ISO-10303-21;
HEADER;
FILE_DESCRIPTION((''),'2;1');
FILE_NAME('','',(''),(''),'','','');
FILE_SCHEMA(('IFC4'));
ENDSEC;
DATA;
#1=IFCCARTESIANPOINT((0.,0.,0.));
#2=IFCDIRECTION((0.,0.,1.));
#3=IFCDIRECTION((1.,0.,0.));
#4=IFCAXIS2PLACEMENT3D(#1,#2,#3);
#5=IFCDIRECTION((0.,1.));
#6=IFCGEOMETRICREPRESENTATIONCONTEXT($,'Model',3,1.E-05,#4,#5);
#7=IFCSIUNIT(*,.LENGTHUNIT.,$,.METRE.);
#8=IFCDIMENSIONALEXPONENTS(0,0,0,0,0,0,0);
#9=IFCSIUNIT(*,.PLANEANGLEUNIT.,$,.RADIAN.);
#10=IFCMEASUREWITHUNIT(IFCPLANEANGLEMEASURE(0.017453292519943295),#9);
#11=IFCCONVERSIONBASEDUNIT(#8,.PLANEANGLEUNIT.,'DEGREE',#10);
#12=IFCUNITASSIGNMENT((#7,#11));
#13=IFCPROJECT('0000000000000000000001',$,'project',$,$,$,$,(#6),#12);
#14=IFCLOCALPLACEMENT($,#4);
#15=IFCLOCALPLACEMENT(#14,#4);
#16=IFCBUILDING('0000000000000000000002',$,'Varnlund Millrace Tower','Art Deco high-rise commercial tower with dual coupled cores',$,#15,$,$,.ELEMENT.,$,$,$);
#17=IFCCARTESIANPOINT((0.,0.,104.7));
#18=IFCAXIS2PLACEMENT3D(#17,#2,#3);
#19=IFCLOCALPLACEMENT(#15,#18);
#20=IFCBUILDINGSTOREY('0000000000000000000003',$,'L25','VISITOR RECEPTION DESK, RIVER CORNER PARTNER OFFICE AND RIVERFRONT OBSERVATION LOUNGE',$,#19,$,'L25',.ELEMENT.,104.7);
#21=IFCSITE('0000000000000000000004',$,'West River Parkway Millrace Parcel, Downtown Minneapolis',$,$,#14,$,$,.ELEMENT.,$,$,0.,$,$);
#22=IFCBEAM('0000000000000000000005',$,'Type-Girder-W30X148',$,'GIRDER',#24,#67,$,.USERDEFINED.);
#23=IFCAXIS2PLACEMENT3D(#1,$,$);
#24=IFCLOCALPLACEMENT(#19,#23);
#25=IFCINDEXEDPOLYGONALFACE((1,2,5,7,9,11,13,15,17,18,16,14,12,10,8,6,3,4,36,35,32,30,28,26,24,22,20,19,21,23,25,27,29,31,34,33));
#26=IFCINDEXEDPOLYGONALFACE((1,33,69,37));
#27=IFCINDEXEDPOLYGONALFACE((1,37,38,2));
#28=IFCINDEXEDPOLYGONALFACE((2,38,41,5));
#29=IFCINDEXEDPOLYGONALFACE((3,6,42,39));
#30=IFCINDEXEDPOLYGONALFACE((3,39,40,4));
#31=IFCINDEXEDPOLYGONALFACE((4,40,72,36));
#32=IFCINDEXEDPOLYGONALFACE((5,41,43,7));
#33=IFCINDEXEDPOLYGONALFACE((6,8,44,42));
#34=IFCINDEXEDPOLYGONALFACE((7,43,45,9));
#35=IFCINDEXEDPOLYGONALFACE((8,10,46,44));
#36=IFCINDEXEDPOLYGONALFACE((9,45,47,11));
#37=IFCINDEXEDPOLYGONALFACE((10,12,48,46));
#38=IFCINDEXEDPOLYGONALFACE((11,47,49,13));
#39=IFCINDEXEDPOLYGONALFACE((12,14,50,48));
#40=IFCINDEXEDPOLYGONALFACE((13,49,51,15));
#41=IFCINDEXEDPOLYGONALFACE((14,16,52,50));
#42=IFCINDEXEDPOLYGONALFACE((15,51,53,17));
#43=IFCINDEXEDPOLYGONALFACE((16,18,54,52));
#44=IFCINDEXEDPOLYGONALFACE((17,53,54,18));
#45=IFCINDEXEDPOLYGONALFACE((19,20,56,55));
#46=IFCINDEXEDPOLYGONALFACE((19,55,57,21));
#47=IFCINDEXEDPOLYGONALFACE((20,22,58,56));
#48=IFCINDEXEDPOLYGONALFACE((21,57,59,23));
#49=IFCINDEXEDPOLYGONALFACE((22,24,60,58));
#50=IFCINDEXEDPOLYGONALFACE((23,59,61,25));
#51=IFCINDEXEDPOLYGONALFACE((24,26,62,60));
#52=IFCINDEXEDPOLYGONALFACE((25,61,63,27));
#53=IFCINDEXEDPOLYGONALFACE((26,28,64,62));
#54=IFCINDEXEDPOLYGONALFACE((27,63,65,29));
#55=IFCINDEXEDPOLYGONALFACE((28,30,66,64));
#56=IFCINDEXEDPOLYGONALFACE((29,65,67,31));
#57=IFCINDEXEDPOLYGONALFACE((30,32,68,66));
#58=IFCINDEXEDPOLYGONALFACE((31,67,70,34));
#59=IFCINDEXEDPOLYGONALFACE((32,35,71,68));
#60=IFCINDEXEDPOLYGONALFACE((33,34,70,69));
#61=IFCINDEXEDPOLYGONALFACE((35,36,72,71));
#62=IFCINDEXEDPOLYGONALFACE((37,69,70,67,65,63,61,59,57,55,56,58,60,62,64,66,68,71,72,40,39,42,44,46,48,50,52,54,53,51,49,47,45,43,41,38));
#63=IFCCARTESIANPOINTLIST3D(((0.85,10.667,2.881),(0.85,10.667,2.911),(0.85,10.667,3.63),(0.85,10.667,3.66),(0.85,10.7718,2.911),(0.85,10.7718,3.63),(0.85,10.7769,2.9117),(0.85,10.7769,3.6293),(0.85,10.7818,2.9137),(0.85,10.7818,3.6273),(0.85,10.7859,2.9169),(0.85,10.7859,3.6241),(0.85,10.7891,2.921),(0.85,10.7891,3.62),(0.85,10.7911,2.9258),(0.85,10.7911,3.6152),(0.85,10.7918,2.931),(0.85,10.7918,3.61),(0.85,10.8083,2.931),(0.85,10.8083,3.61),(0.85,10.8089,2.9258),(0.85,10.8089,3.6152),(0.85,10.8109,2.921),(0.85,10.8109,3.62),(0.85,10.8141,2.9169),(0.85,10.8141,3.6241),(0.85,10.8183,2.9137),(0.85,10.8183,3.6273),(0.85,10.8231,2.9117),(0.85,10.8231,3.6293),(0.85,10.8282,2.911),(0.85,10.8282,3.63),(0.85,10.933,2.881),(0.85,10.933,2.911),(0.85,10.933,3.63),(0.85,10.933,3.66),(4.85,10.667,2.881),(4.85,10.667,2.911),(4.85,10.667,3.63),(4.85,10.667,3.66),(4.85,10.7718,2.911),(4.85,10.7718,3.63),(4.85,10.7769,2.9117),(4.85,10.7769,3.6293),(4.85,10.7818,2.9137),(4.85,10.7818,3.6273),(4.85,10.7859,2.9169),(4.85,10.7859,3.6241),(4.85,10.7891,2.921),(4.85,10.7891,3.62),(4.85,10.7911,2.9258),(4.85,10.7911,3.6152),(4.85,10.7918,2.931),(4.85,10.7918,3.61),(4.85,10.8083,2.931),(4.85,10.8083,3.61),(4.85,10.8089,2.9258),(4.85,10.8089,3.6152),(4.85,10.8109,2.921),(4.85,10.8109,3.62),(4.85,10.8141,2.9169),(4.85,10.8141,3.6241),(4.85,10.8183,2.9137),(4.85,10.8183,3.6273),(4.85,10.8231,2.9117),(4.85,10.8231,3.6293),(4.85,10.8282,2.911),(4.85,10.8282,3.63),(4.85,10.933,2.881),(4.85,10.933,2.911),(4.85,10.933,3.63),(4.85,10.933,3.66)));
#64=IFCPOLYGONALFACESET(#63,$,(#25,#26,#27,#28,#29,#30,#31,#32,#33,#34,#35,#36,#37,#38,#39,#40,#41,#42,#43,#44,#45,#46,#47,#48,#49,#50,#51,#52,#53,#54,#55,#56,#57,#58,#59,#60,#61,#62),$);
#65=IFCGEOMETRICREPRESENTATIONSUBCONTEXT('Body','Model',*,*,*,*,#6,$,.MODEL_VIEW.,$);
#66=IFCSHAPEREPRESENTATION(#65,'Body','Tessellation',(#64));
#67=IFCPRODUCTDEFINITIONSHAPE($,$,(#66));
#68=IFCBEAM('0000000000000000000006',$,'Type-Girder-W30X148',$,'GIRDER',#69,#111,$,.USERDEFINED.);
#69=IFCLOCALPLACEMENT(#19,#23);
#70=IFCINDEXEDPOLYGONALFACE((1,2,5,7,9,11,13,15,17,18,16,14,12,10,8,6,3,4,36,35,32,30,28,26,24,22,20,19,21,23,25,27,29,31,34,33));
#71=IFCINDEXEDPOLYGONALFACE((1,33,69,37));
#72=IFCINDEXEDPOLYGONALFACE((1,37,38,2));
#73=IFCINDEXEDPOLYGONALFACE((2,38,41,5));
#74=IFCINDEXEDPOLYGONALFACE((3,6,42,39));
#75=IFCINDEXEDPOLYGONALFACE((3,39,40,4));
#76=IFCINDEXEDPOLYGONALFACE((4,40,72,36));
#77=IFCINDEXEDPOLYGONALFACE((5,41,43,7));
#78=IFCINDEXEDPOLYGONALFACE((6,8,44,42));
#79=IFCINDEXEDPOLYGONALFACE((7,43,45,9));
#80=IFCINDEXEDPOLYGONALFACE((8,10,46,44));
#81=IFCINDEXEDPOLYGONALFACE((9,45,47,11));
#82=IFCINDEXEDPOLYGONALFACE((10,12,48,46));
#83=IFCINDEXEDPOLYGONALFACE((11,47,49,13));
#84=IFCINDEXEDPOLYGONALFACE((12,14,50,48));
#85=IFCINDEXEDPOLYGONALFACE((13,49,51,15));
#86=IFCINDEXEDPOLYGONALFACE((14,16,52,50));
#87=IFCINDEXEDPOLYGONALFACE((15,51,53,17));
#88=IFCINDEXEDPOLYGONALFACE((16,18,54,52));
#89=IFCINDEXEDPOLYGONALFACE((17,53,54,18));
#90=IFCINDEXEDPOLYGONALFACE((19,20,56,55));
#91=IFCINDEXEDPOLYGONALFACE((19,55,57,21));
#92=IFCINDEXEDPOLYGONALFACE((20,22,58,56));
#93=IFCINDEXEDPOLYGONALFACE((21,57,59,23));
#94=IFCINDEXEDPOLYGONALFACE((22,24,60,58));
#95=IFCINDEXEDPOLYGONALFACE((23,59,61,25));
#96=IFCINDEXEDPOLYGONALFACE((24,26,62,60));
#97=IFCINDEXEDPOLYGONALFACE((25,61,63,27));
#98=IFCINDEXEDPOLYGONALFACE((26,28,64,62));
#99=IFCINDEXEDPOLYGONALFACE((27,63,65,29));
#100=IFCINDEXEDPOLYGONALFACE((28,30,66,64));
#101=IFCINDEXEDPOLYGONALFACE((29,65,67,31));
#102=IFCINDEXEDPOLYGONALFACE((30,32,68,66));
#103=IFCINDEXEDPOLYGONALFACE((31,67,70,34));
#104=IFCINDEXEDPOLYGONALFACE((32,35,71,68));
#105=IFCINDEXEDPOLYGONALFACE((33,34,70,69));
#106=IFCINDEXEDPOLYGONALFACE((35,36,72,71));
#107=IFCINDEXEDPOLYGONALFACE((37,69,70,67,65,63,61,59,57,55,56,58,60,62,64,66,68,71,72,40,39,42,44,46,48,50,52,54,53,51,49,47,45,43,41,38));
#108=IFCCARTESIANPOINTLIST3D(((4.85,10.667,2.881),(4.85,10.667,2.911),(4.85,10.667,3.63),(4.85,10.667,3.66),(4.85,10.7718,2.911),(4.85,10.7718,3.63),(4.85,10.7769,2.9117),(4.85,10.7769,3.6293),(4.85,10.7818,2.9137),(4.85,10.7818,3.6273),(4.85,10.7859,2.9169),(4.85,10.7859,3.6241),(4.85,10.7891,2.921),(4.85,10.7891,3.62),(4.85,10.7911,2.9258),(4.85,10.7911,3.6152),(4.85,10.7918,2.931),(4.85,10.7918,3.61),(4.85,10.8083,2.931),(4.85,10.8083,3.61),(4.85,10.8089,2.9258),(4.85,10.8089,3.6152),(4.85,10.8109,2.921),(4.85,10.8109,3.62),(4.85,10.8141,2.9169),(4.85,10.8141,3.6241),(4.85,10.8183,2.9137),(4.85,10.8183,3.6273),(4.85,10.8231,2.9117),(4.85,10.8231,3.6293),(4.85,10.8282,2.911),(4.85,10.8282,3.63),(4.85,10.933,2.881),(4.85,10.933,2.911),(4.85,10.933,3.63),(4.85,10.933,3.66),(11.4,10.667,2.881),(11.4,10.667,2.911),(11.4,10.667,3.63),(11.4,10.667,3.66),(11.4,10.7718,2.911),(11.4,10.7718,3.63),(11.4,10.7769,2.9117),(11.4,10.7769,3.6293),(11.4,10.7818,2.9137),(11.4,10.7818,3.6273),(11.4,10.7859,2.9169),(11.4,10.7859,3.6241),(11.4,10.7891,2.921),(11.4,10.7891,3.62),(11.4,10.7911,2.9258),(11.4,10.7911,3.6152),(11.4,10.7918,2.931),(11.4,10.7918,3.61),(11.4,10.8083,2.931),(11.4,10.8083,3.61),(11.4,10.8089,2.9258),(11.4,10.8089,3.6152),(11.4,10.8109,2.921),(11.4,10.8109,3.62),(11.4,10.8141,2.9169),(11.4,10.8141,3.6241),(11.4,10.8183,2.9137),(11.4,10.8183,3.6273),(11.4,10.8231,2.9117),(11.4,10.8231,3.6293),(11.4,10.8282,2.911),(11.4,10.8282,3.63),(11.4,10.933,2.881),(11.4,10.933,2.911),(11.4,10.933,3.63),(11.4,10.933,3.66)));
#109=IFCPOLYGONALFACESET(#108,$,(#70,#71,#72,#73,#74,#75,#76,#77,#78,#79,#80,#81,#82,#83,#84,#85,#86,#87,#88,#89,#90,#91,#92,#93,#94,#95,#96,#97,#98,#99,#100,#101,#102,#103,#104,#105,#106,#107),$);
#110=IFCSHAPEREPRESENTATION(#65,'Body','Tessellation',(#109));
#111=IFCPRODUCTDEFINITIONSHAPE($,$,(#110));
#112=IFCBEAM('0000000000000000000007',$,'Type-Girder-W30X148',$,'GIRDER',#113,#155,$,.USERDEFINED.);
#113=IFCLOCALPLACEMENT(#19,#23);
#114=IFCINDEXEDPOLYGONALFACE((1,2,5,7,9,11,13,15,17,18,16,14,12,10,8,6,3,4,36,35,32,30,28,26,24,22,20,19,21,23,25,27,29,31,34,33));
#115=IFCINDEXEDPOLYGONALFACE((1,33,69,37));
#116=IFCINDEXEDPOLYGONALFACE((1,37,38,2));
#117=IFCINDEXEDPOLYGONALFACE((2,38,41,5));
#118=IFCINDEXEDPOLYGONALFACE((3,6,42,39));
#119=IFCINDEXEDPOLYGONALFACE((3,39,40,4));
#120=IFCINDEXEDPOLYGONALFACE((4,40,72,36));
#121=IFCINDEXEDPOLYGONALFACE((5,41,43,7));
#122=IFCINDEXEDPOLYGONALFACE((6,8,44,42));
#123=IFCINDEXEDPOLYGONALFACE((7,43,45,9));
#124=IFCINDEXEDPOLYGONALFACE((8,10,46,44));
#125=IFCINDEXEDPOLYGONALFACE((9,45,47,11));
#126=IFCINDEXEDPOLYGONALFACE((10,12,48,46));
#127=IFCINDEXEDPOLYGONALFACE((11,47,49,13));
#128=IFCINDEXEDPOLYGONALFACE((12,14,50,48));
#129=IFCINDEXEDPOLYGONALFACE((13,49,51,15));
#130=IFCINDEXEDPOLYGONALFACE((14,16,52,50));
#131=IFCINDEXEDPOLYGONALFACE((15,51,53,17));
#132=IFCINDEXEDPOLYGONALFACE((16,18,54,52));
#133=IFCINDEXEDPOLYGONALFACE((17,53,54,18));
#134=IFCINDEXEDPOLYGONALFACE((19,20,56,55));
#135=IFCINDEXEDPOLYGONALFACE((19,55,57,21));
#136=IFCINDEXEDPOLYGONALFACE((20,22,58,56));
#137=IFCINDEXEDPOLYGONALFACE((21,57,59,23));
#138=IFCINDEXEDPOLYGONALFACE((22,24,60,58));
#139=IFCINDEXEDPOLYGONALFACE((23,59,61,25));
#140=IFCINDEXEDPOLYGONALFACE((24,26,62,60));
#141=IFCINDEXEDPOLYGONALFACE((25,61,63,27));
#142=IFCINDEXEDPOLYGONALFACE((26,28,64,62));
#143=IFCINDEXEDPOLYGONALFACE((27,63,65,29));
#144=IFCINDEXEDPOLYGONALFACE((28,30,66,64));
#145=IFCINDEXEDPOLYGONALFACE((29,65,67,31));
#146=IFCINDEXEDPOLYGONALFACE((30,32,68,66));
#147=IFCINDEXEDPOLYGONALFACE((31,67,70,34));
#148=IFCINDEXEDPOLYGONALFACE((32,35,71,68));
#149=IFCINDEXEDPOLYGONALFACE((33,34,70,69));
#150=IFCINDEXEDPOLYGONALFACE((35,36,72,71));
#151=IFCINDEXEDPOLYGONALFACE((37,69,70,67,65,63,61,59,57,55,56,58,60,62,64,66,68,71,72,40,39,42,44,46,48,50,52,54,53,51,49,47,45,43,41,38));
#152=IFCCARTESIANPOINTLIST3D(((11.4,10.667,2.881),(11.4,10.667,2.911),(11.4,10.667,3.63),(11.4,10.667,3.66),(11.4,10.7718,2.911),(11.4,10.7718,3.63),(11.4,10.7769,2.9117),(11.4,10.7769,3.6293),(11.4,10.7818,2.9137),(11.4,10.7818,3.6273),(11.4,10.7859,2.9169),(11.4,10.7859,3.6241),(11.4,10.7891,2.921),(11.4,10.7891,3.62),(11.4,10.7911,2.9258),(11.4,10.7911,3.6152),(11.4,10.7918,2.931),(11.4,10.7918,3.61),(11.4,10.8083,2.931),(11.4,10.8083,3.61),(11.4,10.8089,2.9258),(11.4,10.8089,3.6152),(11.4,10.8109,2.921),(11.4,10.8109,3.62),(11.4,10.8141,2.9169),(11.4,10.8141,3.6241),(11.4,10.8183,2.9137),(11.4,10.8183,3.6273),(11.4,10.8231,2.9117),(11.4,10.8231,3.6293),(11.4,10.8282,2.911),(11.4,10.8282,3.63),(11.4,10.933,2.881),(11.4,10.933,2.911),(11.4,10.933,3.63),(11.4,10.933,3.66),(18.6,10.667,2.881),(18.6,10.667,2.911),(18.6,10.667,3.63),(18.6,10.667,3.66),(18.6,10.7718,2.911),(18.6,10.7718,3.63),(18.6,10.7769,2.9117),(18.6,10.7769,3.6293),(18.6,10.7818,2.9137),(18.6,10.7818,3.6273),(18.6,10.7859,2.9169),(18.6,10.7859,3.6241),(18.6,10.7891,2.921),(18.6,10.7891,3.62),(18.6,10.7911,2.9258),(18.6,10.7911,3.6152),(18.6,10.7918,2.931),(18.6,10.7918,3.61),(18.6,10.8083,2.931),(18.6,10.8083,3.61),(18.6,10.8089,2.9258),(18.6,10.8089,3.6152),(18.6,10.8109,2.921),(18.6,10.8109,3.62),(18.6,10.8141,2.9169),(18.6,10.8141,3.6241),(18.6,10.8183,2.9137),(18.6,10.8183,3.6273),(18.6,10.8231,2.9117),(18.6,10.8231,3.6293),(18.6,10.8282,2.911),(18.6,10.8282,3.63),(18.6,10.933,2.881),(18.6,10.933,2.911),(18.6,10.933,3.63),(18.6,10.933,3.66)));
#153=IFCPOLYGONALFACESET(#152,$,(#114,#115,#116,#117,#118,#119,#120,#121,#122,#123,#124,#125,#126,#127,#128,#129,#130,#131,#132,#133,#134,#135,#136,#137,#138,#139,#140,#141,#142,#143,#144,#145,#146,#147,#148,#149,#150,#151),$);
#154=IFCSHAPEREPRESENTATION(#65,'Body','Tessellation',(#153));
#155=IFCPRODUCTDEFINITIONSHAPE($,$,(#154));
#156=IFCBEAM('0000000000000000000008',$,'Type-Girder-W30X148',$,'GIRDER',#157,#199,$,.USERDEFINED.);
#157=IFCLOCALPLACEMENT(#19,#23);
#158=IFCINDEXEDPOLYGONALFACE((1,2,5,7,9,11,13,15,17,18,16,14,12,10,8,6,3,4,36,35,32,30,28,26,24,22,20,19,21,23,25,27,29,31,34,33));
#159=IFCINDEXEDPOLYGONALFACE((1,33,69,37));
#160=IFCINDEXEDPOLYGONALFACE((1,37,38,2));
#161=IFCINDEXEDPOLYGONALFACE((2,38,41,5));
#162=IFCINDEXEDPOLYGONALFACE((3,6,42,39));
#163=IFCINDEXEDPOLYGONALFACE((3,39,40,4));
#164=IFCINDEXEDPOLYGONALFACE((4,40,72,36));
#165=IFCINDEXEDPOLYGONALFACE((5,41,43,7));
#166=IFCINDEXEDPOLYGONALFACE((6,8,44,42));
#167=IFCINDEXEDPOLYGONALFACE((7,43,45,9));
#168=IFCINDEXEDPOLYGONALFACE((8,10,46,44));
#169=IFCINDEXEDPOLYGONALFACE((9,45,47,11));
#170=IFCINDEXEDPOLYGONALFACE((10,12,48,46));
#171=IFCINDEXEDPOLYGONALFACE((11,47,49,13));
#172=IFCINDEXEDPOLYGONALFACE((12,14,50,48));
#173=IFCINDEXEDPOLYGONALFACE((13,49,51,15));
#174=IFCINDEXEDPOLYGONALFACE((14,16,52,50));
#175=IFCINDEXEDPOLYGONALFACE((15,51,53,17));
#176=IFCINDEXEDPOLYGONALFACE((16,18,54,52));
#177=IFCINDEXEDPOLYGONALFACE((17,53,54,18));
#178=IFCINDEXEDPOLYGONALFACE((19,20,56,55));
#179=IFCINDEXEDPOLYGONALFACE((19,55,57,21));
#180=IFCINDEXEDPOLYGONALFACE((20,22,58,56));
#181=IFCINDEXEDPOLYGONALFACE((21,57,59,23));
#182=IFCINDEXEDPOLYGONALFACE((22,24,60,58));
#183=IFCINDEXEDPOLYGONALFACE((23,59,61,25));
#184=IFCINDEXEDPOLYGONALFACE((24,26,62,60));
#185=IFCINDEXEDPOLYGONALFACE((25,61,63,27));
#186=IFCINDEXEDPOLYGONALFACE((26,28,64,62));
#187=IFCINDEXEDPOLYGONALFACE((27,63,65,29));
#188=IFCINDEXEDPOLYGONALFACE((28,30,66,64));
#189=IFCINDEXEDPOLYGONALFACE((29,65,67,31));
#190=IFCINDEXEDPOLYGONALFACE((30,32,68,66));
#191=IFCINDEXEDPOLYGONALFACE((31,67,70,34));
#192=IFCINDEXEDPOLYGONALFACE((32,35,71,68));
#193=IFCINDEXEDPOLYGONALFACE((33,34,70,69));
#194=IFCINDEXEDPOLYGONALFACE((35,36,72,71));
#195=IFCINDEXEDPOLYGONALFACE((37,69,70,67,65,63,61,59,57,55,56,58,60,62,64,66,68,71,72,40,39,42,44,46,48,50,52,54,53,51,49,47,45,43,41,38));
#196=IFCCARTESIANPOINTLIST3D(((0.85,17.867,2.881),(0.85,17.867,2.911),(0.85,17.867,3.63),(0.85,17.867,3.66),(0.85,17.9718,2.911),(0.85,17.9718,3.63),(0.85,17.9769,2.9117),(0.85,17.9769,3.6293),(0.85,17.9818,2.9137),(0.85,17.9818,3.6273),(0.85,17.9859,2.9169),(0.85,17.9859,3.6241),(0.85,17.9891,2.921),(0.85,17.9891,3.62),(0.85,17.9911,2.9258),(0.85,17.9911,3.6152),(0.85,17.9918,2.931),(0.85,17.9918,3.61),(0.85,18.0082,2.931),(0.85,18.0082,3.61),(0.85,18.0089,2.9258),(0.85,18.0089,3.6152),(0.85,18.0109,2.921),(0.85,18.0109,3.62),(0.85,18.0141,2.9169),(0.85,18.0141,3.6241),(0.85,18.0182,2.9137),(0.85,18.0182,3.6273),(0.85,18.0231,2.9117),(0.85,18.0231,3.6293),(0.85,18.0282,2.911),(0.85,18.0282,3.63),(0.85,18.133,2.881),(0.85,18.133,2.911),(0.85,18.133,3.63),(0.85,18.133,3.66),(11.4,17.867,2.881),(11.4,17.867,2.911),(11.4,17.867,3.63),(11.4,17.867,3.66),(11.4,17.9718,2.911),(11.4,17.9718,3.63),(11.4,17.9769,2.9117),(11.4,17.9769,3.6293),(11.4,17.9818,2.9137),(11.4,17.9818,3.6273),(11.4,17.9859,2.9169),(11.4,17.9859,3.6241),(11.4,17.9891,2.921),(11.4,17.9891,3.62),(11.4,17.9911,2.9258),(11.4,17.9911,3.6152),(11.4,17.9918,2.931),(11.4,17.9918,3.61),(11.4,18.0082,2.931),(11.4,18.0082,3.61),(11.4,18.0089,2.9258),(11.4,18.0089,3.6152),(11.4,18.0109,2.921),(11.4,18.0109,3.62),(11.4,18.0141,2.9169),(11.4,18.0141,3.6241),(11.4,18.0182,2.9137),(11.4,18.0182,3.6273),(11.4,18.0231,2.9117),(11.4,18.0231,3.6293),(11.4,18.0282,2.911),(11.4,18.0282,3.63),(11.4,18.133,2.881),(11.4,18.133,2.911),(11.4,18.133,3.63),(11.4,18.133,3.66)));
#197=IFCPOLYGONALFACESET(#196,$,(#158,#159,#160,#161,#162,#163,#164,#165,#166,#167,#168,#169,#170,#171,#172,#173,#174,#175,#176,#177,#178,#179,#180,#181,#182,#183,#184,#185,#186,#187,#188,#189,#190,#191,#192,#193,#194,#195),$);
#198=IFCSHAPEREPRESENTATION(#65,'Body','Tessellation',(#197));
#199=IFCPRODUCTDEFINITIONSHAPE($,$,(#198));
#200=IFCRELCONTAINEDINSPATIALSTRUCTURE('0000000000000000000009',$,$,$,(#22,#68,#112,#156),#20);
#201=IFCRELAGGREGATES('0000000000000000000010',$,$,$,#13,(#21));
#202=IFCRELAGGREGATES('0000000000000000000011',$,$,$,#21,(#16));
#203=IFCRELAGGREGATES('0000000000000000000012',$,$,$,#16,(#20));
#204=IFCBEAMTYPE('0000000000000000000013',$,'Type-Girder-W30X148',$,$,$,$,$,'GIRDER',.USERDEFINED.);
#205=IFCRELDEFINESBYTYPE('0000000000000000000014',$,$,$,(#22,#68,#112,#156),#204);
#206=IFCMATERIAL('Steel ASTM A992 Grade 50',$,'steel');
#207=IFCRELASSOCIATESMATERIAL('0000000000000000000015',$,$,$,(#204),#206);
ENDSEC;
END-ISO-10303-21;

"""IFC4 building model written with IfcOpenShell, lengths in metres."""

from ifc_helpers import new_model, entity, si_unit, converted_unit, direction, frame, origin_with_axes, origin_2d_with_axis, place, context, subcontext, project, spatial, i_section, extrude, material, material_profile, profile_set, type_object, element, save


model = new_model("IFC4")

# Units and contexts
model_context = context("Model", 3, precision=1e-05, world=origin_with_axes(), true_north=direction((0.0, 1.0)))
body_context = subcontext(model_context, "Body", "Model", "MODEL_VIEW")
ifc_project = project(units=[si_unit("LENGTHUNIT", "METRE"), converted_unit("PLANEANGLEUNIT", "DEGREE", entity("IfcPlaneAngleMeasure", 0.017453292519943295), si_unit("PLANEANGLEUNIT", "RADIAN"), dimensions=[0, 0, 0, 0, 0, 0, 0])], contexts=[model_context])

# Site, building, storey
site_placement = place(None, origin_with_axes())
site = spatial("IfcSite", under=ifc_project, at=site_placement, Name="West River Parkway Millrace Parcel, Downtown Minneapolis", CompositionType="ELEMENT", RefElevation=0.0)
building_placement = place(site_placement, origin_with_axes())
building = spatial("IfcBuilding", under=site, at=building_placement, Name="Varnlund Millrace Tower", Description="Art Deco high-rise commercial tower with dual coupled cores", CompositionType="ELEMENT")
storey_placement = place(building_placement, frame((0.0, 0.0, 104.7), z_axis=(0.0, 0.0, 1.0), x_axis=(1.0, 0.0, 0.0)))
storey = spatial("IfcBuildingStorey", under=building, at=storey_placement, Name="L25", Description="VISITOR RECEPTION DESK, RIVER CORNER PARTNER OFFICE AND RIVERFRONT OBSERVATION LOUNGE", LongName="L25", CompositionType="ELEMENT", Elevation=104.7)

# Beams
ifc_material_1 = material(Name="Steel ASTM A992 Grade 50", Category="steel")
ifc_material_profile_1 = material_profile(ifc_material_1, i_section(OverallWidth=0.266, OverallDepth=0.779, WebThickness=0.0165, FlangeThickness=0.03, FilletRadius=0.02, at=origin_2d_with_axis()), Name="Steel ASTM A992 Grade 50")
ifc_profile_set_1 = profile_set([ifc_material_profile_1], Name="Steel ASTM A992 Grade 50")
beam_type_1 = type_object("IfcBeamType", Name="Type-Girder-W30X148", ElementType="GIRDER", PredefinedType="USERDEFINED", material=ifc_profile_set_1)
beam_1_placement = place(storey_placement, frame((0.85, 10.8, 3.2705), z_axis=(1.0, 0.0, 0.0), x_axis=(0.0, 1.0, 0.0)))
element("IfcBeam", 1, at=beam_1_placement, inside=storey, type_object=beam_type_1, Name="Type-Girder-W30X148", ObjectType="GIRDER", PredefinedType="USERDEFINED", context=body_context, shape_type="SweptSolid", body=[
    extrude(i_section(OverallWidth=0.266, OverallDepth=0.779, WebThickness=0.0165, FlangeThickness=0.03, FilletRadius=0.02, at=origin_2d_with_axis()), origin_with_axes(), (0.0, 0.0, 1.0), 4.0),
])
beam_2_placement = place(storey_placement, frame((4.85, 10.8, 3.2705), z_axis=(1.0, 0.0, 0.0), x_axis=(0.0, 1.0, 0.0)))
element("IfcBeam", 2, at=beam_2_placement, inside=storey, type_object=beam_type_1, Name="Type-Girder-W30X148", ObjectType="GIRDER", PredefinedType="USERDEFINED", context=body_context, shape_type="SweptSolid", body=[
    extrude(i_section(OverallWidth=0.266, OverallDepth=0.779, WebThickness=0.0165, FlangeThickness=0.03, FilletRadius=0.02, at=origin_2d_with_axis()), origin_with_axes(), (0.0, 0.0, 1.0), 6.55),
])
beam_3_placement = place(storey_placement, frame((11.4, 10.8, 3.2705), z_axis=(1.0, 0.0, 0.0), x_axis=(0.0, 1.0, 0.0)))
element("IfcBeam", 3, at=beam_3_placement, inside=storey, type_object=beam_type_1, Name="Type-Girder-W30X148", ObjectType="GIRDER", PredefinedType="USERDEFINED", context=body_context, shape_type="SweptSolid", body=[
    extrude(i_section(OverallWidth=0.266, OverallDepth=0.779, WebThickness=0.0165, FlangeThickness=0.03, FilletRadius=0.02, at=origin_2d_with_axis()), origin_with_axes(), (0.0, 0.0, 1.0), 7.2),
])
beam_4_placement = place(storey_placement, frame((0.85, 18.0, 3.2705), z_axis=(1.0, 0.0, 0.0), x_axis=(0.0, 1.0, 0.0)))
element("IfcBeam", 4, at=beam_4_placement, inside=storey, type_object=beam_type_1, Name="Type-Girder-W30X148", ObjectType="GIRDER", PredefinedType="USERDEFINED", context=body_context, shape_type="SweptSolid", body=[
    extrude(i_section(OverallWidth=0.266, OverallDepth=0.779, WebThickness=0.0165, FlangeThickness=0.03, FilletRadius=0.02, at=origin_2d_with_axis()), origin_with_axes(), (0.0, 0.0, 1.0), 10.55),
])

save(model, "model.ifc")
